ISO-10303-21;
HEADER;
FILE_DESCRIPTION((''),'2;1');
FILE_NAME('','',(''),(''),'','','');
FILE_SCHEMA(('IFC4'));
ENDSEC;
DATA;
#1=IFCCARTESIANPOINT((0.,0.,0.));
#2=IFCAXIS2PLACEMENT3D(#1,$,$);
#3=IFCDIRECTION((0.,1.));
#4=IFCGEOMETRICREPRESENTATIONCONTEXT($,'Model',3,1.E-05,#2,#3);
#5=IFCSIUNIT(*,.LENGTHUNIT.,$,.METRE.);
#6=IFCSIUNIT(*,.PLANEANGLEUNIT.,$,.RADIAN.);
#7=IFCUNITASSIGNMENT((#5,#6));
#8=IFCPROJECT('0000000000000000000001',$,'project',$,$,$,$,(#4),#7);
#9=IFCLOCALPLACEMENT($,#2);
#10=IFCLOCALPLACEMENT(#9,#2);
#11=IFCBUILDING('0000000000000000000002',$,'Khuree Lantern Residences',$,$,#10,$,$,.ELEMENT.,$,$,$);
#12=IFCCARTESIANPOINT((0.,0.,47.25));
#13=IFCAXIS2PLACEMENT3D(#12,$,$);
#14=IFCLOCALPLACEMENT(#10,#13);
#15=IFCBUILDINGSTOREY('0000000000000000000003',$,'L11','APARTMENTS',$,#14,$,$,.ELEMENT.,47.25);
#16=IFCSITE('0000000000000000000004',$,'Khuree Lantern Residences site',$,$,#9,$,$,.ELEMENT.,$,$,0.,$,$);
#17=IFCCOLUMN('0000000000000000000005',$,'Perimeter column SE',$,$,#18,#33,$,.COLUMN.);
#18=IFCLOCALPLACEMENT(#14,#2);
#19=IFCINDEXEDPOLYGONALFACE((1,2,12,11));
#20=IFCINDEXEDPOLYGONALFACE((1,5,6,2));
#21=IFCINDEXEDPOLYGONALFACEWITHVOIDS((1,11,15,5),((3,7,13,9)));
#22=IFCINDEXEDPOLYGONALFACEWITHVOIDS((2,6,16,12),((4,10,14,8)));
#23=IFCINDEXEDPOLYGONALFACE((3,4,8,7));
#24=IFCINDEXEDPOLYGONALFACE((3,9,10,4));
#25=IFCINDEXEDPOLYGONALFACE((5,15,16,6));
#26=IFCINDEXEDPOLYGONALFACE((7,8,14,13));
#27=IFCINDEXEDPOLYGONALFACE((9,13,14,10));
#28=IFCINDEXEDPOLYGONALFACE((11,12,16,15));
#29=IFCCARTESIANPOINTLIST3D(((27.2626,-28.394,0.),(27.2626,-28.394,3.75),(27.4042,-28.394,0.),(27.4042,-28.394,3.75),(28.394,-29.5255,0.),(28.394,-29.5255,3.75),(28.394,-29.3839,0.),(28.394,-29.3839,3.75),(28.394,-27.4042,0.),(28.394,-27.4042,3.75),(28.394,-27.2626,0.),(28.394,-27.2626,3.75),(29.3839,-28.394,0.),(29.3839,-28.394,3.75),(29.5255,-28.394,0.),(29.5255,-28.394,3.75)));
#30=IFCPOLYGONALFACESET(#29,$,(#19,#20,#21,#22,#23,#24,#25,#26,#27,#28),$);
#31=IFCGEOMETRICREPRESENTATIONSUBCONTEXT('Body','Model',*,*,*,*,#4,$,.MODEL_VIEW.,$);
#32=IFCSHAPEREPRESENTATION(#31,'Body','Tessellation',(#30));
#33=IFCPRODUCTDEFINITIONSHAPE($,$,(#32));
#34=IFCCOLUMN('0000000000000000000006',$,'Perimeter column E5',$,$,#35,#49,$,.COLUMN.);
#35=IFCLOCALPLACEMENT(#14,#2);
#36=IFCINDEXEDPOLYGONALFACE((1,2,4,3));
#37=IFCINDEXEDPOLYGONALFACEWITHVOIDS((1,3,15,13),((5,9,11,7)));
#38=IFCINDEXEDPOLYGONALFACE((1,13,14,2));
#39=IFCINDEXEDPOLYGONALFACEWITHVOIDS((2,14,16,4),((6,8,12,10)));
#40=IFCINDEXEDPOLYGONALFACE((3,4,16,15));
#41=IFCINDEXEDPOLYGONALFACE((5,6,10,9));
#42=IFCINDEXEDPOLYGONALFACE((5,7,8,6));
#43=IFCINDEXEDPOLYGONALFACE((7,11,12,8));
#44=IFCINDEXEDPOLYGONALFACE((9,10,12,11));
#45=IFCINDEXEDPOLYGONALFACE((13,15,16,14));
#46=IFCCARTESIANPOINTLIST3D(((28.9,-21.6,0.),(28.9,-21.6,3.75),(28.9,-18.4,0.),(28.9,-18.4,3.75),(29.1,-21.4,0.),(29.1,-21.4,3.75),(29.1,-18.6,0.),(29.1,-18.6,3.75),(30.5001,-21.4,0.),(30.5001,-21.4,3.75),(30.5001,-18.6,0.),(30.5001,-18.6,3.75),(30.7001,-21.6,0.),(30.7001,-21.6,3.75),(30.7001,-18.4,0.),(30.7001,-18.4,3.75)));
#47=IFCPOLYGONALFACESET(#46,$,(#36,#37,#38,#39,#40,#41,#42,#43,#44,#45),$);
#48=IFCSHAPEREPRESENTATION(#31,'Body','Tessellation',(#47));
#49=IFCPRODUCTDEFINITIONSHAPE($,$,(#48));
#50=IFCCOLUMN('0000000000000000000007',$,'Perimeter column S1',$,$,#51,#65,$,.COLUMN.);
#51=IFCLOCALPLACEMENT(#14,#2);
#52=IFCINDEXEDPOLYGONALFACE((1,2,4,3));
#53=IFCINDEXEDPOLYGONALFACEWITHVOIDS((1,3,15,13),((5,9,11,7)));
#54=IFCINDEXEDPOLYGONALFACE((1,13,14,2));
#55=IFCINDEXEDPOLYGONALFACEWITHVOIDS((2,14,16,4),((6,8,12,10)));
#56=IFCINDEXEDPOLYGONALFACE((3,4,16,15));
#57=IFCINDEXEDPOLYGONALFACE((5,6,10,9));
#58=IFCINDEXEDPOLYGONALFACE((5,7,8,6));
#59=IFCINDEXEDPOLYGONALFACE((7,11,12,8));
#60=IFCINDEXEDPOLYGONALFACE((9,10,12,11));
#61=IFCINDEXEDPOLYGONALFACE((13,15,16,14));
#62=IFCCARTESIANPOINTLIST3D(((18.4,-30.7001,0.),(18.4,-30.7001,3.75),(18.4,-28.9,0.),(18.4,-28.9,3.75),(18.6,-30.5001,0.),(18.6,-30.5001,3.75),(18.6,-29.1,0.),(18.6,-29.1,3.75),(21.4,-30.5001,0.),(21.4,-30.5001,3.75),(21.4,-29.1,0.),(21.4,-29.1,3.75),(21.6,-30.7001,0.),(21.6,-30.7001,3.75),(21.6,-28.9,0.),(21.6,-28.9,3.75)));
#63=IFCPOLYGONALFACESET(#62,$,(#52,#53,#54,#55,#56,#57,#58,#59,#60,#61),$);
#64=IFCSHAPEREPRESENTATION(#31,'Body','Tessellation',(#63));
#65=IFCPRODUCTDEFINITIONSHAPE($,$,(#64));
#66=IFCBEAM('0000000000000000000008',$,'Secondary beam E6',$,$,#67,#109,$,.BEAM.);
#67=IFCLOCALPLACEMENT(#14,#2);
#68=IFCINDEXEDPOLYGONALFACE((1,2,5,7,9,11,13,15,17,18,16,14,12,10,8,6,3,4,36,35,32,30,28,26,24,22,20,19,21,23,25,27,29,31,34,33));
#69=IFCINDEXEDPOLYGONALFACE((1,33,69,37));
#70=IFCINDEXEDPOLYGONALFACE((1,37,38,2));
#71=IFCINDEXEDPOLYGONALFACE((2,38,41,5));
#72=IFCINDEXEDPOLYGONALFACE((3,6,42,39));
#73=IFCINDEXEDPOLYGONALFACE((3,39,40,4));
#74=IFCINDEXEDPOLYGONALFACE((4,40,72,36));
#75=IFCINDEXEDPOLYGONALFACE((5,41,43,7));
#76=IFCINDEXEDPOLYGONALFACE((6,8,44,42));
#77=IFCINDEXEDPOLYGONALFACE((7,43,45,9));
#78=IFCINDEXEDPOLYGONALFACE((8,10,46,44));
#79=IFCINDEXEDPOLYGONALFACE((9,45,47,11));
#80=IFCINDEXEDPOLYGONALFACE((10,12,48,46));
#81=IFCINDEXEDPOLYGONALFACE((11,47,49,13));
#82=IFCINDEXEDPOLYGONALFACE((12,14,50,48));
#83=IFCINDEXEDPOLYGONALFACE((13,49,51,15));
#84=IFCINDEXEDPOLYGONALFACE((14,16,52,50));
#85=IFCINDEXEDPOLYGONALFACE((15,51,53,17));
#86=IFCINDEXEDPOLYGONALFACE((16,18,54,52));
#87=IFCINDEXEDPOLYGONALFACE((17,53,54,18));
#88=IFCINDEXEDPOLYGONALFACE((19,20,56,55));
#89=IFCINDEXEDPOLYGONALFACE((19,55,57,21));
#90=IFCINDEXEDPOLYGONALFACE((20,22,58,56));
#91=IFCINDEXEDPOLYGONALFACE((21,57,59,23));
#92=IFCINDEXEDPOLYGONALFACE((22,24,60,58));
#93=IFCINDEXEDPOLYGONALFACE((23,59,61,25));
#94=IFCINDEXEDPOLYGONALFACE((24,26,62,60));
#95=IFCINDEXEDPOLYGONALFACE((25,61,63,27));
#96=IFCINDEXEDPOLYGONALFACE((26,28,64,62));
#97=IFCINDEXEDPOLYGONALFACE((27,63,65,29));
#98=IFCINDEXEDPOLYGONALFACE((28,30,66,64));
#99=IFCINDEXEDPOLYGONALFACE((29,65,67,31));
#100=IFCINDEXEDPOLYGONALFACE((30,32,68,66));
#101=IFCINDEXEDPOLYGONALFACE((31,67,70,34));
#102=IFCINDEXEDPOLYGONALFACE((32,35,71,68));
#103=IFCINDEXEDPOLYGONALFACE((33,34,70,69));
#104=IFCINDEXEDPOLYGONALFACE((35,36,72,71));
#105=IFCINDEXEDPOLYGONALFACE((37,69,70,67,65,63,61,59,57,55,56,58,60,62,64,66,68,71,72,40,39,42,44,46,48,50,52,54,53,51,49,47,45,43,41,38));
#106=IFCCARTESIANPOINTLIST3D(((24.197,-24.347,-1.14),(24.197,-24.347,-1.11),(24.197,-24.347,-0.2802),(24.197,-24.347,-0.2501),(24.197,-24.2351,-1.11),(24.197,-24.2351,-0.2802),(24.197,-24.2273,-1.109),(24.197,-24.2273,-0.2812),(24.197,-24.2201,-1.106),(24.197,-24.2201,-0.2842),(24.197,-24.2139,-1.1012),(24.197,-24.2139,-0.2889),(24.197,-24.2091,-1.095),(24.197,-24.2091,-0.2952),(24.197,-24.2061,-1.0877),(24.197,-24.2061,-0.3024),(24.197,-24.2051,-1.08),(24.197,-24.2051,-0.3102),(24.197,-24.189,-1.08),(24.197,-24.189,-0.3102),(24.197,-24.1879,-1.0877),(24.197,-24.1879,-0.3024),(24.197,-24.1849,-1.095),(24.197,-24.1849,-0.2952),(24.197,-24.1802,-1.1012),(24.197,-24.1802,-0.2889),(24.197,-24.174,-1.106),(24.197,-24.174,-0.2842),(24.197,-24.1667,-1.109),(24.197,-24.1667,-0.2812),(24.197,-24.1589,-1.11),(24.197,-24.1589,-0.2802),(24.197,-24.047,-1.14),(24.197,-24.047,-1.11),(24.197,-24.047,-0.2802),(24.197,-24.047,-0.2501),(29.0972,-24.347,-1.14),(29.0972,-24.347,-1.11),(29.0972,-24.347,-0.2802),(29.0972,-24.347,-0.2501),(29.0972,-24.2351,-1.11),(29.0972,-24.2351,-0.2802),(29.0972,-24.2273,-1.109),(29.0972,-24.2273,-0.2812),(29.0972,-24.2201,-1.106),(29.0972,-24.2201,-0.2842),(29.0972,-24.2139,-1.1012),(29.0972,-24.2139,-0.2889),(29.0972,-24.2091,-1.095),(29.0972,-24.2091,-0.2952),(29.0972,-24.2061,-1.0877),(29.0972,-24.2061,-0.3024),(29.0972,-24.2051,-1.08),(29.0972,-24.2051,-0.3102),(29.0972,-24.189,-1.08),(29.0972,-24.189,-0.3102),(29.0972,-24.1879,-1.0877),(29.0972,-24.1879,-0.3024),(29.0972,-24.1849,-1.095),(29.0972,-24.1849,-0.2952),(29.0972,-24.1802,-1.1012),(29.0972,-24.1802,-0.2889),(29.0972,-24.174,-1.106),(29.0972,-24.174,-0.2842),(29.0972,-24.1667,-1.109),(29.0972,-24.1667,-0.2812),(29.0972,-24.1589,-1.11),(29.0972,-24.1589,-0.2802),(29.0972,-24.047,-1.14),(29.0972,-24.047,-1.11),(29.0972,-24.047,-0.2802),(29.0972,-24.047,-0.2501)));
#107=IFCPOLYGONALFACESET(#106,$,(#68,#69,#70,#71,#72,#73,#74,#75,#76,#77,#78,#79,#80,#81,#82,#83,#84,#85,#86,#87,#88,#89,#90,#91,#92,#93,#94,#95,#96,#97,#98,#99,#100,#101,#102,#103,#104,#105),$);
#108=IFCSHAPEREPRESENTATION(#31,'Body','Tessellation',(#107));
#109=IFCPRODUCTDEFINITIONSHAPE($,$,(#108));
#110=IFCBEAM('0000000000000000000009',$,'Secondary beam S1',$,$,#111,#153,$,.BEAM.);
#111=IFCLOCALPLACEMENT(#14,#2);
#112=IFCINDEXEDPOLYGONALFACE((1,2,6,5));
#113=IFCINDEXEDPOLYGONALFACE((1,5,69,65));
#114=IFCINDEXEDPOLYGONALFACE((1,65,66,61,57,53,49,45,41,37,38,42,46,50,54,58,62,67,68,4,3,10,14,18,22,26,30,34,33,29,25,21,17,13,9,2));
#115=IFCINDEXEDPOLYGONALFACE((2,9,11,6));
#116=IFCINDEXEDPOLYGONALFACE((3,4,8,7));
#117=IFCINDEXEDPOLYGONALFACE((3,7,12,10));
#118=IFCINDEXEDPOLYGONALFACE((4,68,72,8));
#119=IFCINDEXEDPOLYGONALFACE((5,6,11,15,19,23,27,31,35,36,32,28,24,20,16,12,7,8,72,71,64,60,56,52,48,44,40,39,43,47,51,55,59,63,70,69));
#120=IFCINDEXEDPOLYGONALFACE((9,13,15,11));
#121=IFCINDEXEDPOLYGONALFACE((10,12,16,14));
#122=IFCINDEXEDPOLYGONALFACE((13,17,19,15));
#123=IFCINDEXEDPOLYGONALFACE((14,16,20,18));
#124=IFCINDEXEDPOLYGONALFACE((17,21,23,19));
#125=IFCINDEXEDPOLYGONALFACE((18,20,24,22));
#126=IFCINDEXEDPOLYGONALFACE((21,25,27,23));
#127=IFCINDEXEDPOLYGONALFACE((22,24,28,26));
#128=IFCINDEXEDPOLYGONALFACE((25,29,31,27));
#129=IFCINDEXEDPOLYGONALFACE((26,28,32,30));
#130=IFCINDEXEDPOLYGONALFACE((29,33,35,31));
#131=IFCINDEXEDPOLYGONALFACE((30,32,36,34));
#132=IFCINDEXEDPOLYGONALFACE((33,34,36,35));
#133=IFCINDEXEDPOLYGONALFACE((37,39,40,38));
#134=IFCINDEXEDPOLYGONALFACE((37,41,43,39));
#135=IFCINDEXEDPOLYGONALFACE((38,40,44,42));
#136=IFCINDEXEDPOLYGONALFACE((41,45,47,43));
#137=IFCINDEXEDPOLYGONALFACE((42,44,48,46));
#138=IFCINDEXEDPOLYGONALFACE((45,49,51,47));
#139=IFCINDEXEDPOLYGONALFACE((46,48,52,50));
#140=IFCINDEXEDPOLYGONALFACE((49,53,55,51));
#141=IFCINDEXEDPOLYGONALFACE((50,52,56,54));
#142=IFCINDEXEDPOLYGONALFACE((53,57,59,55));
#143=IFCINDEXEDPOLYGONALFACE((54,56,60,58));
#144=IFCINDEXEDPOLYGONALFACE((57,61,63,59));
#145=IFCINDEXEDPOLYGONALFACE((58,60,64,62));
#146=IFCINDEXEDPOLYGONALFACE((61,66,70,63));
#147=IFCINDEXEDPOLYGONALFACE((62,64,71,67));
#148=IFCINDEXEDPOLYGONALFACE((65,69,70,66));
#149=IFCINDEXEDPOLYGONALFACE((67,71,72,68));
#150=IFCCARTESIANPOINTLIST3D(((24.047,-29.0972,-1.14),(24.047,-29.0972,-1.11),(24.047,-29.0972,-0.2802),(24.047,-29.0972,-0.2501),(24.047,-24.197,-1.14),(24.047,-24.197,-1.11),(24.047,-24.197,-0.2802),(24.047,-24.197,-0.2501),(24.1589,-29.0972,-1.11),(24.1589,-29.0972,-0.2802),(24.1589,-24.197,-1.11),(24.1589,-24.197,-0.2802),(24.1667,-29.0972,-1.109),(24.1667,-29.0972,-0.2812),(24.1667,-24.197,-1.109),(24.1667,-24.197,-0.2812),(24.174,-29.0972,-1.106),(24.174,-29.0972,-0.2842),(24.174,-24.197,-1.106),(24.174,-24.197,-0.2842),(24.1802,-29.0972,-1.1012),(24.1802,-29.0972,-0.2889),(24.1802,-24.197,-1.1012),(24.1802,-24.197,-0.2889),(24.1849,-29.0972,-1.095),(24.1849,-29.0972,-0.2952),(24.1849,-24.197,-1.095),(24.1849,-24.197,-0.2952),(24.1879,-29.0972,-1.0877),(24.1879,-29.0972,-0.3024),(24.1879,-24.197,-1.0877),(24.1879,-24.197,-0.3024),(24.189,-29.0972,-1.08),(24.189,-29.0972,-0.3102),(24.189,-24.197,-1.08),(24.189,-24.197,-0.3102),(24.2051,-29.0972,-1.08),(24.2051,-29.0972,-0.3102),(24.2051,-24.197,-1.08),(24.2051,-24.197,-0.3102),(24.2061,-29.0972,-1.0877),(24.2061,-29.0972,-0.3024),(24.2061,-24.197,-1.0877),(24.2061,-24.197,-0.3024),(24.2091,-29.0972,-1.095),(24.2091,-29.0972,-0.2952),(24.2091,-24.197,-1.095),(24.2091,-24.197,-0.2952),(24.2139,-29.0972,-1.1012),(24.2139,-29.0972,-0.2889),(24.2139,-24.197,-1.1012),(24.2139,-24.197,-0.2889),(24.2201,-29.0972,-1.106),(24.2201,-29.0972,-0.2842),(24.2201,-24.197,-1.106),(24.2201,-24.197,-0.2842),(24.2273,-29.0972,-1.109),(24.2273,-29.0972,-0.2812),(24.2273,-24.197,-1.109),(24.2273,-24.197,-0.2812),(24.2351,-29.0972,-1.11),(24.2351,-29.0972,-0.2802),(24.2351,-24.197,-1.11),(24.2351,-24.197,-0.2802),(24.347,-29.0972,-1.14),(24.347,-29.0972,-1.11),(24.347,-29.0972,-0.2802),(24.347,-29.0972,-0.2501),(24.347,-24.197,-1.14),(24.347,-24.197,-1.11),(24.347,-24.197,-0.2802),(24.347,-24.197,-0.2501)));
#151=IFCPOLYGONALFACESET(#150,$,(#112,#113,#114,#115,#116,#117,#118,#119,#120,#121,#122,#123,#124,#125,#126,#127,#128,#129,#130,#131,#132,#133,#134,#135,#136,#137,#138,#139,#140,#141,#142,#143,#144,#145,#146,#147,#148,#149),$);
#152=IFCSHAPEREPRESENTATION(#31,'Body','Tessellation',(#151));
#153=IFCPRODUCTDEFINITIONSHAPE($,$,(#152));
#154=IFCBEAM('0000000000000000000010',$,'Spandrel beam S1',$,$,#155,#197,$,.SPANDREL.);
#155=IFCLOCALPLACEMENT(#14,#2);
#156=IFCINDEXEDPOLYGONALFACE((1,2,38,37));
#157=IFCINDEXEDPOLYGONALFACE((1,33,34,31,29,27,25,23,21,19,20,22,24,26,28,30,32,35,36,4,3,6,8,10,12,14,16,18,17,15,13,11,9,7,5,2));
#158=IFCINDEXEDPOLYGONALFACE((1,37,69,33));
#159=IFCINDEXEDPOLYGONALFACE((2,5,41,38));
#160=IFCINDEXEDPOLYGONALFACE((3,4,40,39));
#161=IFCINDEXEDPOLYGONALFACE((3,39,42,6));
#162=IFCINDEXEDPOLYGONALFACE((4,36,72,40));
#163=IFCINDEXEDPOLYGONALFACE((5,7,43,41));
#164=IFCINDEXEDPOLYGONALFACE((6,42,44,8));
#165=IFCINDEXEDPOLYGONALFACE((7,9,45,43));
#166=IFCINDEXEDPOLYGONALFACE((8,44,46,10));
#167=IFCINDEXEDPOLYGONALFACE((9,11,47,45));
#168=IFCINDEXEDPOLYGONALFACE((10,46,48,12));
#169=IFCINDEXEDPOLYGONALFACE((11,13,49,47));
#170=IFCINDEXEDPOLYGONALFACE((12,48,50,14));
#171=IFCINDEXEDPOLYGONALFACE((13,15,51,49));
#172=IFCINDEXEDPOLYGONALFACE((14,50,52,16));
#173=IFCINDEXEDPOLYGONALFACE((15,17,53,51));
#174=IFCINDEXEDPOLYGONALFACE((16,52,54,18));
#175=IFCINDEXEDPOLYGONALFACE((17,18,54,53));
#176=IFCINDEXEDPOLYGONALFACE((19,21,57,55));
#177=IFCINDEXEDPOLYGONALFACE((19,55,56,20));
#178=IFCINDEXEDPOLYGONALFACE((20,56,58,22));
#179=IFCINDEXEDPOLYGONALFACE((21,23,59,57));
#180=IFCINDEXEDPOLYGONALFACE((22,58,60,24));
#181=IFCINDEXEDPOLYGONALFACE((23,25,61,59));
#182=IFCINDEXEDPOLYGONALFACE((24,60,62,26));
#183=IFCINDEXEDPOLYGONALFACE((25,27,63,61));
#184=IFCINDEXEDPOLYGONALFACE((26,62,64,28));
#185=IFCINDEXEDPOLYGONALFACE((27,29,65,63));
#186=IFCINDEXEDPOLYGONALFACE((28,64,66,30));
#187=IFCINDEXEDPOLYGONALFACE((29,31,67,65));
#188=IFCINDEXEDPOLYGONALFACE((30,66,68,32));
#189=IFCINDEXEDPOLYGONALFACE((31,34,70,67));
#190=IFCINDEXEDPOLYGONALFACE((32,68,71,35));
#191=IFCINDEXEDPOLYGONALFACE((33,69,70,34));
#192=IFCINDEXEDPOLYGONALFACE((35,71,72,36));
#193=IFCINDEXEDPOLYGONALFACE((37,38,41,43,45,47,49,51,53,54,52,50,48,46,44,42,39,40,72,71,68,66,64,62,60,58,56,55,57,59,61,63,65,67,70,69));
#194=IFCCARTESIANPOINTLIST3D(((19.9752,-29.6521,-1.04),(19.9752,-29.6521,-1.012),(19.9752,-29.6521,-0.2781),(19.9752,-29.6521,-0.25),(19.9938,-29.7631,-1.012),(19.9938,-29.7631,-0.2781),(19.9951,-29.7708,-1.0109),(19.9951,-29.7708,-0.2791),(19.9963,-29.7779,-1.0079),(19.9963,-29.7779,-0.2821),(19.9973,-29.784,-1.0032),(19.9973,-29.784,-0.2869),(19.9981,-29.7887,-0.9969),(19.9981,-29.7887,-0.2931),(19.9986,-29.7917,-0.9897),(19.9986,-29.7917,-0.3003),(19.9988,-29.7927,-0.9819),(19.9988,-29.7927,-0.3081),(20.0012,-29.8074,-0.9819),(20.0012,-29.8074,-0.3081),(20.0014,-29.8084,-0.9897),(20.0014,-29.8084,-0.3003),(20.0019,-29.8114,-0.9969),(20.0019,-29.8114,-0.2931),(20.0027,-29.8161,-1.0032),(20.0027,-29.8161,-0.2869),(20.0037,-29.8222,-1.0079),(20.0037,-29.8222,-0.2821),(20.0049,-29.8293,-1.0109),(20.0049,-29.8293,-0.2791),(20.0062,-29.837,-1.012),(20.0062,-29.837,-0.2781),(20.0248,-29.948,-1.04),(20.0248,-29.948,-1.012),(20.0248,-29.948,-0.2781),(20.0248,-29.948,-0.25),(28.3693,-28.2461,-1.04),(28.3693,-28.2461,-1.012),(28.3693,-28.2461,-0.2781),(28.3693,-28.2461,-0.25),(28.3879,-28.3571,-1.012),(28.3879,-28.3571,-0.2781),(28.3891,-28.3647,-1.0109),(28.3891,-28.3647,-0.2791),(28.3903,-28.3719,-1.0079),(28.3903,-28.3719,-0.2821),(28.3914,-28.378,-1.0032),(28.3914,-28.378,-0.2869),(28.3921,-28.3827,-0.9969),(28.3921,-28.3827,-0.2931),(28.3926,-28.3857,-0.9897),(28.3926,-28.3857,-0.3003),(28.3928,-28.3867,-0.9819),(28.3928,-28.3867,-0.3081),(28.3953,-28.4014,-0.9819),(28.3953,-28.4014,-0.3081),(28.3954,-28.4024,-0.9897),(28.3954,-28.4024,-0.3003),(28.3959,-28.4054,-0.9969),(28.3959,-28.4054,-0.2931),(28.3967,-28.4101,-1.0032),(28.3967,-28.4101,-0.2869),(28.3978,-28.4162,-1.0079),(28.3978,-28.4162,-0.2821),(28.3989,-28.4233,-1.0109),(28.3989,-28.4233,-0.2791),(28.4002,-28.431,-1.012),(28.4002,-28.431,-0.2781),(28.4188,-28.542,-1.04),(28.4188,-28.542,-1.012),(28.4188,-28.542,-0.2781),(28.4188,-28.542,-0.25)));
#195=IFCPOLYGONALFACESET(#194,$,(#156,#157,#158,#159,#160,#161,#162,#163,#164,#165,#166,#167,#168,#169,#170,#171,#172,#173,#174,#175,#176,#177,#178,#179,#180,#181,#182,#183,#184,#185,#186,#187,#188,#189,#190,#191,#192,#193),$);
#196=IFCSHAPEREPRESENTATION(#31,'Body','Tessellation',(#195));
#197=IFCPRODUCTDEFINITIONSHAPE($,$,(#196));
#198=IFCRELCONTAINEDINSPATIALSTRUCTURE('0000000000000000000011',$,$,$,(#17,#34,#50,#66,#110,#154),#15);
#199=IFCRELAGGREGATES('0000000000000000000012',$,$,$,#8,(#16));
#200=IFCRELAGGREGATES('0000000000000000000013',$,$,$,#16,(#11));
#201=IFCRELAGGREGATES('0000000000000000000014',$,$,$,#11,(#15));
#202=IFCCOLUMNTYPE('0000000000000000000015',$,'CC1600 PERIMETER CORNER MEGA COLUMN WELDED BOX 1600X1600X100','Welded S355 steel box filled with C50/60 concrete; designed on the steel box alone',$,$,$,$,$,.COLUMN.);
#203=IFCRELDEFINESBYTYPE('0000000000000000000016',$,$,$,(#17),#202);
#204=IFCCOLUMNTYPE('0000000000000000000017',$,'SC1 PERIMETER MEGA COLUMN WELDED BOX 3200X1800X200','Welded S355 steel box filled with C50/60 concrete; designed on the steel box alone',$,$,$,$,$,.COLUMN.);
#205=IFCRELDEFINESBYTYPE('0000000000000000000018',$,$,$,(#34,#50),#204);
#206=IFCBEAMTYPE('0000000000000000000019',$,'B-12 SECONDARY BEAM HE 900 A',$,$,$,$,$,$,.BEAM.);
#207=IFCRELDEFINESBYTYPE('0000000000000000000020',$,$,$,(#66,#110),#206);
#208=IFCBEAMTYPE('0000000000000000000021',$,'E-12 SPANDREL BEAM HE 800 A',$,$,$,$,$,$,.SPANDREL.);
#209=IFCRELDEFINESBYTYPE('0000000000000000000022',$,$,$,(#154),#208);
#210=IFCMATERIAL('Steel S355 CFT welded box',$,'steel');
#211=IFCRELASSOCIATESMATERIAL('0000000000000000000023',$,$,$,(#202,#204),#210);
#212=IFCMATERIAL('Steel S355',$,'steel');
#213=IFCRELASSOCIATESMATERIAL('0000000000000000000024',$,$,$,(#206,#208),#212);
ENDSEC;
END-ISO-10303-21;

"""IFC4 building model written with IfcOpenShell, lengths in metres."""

from ifc_helpers import new_model, si_unit, direction, frame, origin, origin_2d, place, context, subcontext, project, spatial, hollow_rectangle, i_section, extrude, material, material_profile, profile_set, type_object, element, save


model = new_model("IFC4")

# Units and contexts
model_context = context("Model", 3, precision=1e-05, world=origin(), true_north=direction((0.0, 1.0)))
body_context = subcontext(model_context, "Body", "Model", "MODEL_VIEW")
ifc_project = project(units=[si_unit("LENGTHUNIT", "METRE"), si_unit("PLANEANGLEUNIT", "RADIAN")], contexts=[model_context])

# Site, building, storey
site_placement = place(None, origin())
site = spatial("IfcSite", under=ifc_project, at=site_placement, Name="Khuree Lantern Residences site", CompositionType="ELEMENT", RefElevation=0.0)
building_placement = place(site_placement, origin())
building = spatial("IfcBuilding", under=site, at=building_placement, Name="Khuree Lantern Residences", CompositionType="ELEMENT")
storey_placement = place(building_placement, frame((0.0, 0.0, 47.25)))
storey = spatial("IfcBuildingStorey", under=building, at=storey_placement, Name="L11", Description="APARTMENTS", CompositionType="ELEMENT", Elevation=47.25)

# Columns
ifc_material_1 = material(Name="Steel S355 CFT welded box", Category="steel")
ifc_material_profile_1 = material_profile(ifc_material_1, hollow_rectangle(XDim=1.6001, YDim=1.6001, WallThickness=0.1001, at=origin_2d()), Name="WELDED BOX 1600X1600X100")
ifc_profile_set_1 = profile_set([ifc_material_profile_1], Name="Steel S355 CFT welded box")
column_type_1 = type_object("IfcColumnType", Name="CC1600 PERIMETER CORNER MEGA COLUMN WELDED BOX 1600X1600X100", Description="Welded S355 steel box filled with C50/60 concrete; designed on the steel box alone", PredefinedType="COLUMN", material=ifc_profile_set_1)
column_placement = place(storey_placement, frame((28.394, -28.394, 0.0), z_axis=(0.0, 0.0, 1.0), x_axis=(0.707107, 0.707107, 0.0)))
element("IfcColumn", 1, at=column_placement, inside=storey, type_object=column_type_1, Name="Perimeter column SE", PredefinedType="COLUMN", context=body_context, shape_type="SweptSolid", body=[
    extrude(hollow_rectangle(XDim=1.6001, YDim=1.6001, WallThickness=0.1001, at=origin_2d()), origin(), (0.0, 0.0, 1.0), 3.75),
])
ifc_material_profile_2 = material_profile(ifc_material_1, hollow_rectangle(XDim=3.2, YDim=1.8, WallThickness=0.2, at=origin_2d()), Name="WELDED BOX 3200X1800X200")
ifc_profile_set_2 = profile_set([ifc_material_profile_2], Name="Steel S355 CFT welded box")
column_type_2 = type_object("IfcColumnType", Name="SC1 PERIMETER MEGA COLUMN WELDED BOX 3200X1800X200", Description="Welded S355 steel box filled with C50/60 concrete; designed on the steel box alone", PredefinedType="COLUMN", material=ifc_profile_set_2)
for number, where, z_axis, x_axis, name in (
    (2, (29.8, -20.0, 0.0), (0.0, 0.0, 1.0), (0.0, 1.0, 0.0), "Perimeter column E5"),
    (3, (20.0, -29.8, 0.0), (0.0, 0.0, 1.0), (1.0, 0.0, 0.0), "Perimeter column S1"),
):
    element("IfcColumn", number, at=place(storey_placement, frame(where, z_axis=z_axis, x_axis=x_axis)), inside=storey, type_object=column_type_2, Name=name, PredefinedType="COLUMN", context=body_context, shape_type="SweptSolid", body=[
        extrude(hollow_rectangle(XDim=3.2, YDim=1.8, WallThickness=0.2, at=origin_2d()), origin(), (0.0, 0.0, 1.0), 3.75),
    ])

# Beams
ifc_material_2 = material(Name="Steel S355", Category="steel")
ifc_material_profile_3 = material_profile(ifc_material_2, i_section(OverallWidth=0.3, OverallDepth=0.8899, WebThickness=0.0161, FlangeThickness=0.03, FilletRadius=0.03, at=origin_2d()), Name="HE 900 A")
ifc_profile_set_3 = profile_set([ifc_material_profile_3], Name="Steel S355")
beam_type_1 = type_object("IfcBeamType", Name="B-12 SECONDARY BEAM HE 900 A", PredefinedType="BEAM", material=ifc_profile_set_3)
for number, where, z_axis, x_axis, name in (
    (4, (29.0972, -24.197, -0.6951), (-1.0, 0.0, 0.0), (0.0, -1.0, 0.0), "Secondary beam E6"),
    (5, (24.197, -29.0972, -0.6951), (0.0, 1.0, 0.0), (-1.0, 0.0, 0.0), "Secondary beam S1"),
):
    element("IfcBeam", number, at=place(storey_placement, frame(where, z_axis=z_axis, x_axis=x_axis)), inside=storey, type_object=beam_type_1, Name=name, PredefinedType="BEAM", context=body_context, shape_type="SweptSolid", body=[
        extrude(i_section(OverallWidth=0.3, OverallDepth=0.8899, WebThickness=0.0161, FlangeThickness=0.03, FilletRadius=0.03, at=origin_2d()), origin(), (0.0, 0.0, 1.0), 4.9001),
    ])
ifc_material_profile_4 = material_profile(ifc_material_2, i_section(OverallWidth=0.3, OverallDepth=0.79, WebThickness=0.0149, FlangeThickness=0.0281, FilletRadius=0.03, at=origin_2d()), Name="HE 800 A")
ifc_profile_set_4 = profile_set([ifc_material_profile_4], Name="Steel S355")
beam_type_2 = type_object("IfcBeamType", Name="E-12 SPANDREL BEAM HE 800 A", PredefinedType="SPANDREL", material=ifc_profile_set_4)
beam_1_placement = place(storey_placement, frame((28.394, -28.394, -0.645), z_axis=(-0.98626, -0.165199, 0.0), x_axis=(0.165199, -0.98626, 0.0)))
element("IfcBeam", 6, at=beam_1_placement, inside=storey, type_object=beam_type_2, Name="Spandrel beam S1", PredefinedType="SPANDREL", context=body_context, shape_type="SweptSolid", body=[
    extrude(i_section(OverallWidth=0.3, OverallDepth=0.79, WebThickness=0.0149, FlangeThickness=0.0281, FilletRadius=0.03, at=origin_2d()), origin(), (0.0, 0.0, 1.0), 8.511),
])

save(model, "model.ifc")
